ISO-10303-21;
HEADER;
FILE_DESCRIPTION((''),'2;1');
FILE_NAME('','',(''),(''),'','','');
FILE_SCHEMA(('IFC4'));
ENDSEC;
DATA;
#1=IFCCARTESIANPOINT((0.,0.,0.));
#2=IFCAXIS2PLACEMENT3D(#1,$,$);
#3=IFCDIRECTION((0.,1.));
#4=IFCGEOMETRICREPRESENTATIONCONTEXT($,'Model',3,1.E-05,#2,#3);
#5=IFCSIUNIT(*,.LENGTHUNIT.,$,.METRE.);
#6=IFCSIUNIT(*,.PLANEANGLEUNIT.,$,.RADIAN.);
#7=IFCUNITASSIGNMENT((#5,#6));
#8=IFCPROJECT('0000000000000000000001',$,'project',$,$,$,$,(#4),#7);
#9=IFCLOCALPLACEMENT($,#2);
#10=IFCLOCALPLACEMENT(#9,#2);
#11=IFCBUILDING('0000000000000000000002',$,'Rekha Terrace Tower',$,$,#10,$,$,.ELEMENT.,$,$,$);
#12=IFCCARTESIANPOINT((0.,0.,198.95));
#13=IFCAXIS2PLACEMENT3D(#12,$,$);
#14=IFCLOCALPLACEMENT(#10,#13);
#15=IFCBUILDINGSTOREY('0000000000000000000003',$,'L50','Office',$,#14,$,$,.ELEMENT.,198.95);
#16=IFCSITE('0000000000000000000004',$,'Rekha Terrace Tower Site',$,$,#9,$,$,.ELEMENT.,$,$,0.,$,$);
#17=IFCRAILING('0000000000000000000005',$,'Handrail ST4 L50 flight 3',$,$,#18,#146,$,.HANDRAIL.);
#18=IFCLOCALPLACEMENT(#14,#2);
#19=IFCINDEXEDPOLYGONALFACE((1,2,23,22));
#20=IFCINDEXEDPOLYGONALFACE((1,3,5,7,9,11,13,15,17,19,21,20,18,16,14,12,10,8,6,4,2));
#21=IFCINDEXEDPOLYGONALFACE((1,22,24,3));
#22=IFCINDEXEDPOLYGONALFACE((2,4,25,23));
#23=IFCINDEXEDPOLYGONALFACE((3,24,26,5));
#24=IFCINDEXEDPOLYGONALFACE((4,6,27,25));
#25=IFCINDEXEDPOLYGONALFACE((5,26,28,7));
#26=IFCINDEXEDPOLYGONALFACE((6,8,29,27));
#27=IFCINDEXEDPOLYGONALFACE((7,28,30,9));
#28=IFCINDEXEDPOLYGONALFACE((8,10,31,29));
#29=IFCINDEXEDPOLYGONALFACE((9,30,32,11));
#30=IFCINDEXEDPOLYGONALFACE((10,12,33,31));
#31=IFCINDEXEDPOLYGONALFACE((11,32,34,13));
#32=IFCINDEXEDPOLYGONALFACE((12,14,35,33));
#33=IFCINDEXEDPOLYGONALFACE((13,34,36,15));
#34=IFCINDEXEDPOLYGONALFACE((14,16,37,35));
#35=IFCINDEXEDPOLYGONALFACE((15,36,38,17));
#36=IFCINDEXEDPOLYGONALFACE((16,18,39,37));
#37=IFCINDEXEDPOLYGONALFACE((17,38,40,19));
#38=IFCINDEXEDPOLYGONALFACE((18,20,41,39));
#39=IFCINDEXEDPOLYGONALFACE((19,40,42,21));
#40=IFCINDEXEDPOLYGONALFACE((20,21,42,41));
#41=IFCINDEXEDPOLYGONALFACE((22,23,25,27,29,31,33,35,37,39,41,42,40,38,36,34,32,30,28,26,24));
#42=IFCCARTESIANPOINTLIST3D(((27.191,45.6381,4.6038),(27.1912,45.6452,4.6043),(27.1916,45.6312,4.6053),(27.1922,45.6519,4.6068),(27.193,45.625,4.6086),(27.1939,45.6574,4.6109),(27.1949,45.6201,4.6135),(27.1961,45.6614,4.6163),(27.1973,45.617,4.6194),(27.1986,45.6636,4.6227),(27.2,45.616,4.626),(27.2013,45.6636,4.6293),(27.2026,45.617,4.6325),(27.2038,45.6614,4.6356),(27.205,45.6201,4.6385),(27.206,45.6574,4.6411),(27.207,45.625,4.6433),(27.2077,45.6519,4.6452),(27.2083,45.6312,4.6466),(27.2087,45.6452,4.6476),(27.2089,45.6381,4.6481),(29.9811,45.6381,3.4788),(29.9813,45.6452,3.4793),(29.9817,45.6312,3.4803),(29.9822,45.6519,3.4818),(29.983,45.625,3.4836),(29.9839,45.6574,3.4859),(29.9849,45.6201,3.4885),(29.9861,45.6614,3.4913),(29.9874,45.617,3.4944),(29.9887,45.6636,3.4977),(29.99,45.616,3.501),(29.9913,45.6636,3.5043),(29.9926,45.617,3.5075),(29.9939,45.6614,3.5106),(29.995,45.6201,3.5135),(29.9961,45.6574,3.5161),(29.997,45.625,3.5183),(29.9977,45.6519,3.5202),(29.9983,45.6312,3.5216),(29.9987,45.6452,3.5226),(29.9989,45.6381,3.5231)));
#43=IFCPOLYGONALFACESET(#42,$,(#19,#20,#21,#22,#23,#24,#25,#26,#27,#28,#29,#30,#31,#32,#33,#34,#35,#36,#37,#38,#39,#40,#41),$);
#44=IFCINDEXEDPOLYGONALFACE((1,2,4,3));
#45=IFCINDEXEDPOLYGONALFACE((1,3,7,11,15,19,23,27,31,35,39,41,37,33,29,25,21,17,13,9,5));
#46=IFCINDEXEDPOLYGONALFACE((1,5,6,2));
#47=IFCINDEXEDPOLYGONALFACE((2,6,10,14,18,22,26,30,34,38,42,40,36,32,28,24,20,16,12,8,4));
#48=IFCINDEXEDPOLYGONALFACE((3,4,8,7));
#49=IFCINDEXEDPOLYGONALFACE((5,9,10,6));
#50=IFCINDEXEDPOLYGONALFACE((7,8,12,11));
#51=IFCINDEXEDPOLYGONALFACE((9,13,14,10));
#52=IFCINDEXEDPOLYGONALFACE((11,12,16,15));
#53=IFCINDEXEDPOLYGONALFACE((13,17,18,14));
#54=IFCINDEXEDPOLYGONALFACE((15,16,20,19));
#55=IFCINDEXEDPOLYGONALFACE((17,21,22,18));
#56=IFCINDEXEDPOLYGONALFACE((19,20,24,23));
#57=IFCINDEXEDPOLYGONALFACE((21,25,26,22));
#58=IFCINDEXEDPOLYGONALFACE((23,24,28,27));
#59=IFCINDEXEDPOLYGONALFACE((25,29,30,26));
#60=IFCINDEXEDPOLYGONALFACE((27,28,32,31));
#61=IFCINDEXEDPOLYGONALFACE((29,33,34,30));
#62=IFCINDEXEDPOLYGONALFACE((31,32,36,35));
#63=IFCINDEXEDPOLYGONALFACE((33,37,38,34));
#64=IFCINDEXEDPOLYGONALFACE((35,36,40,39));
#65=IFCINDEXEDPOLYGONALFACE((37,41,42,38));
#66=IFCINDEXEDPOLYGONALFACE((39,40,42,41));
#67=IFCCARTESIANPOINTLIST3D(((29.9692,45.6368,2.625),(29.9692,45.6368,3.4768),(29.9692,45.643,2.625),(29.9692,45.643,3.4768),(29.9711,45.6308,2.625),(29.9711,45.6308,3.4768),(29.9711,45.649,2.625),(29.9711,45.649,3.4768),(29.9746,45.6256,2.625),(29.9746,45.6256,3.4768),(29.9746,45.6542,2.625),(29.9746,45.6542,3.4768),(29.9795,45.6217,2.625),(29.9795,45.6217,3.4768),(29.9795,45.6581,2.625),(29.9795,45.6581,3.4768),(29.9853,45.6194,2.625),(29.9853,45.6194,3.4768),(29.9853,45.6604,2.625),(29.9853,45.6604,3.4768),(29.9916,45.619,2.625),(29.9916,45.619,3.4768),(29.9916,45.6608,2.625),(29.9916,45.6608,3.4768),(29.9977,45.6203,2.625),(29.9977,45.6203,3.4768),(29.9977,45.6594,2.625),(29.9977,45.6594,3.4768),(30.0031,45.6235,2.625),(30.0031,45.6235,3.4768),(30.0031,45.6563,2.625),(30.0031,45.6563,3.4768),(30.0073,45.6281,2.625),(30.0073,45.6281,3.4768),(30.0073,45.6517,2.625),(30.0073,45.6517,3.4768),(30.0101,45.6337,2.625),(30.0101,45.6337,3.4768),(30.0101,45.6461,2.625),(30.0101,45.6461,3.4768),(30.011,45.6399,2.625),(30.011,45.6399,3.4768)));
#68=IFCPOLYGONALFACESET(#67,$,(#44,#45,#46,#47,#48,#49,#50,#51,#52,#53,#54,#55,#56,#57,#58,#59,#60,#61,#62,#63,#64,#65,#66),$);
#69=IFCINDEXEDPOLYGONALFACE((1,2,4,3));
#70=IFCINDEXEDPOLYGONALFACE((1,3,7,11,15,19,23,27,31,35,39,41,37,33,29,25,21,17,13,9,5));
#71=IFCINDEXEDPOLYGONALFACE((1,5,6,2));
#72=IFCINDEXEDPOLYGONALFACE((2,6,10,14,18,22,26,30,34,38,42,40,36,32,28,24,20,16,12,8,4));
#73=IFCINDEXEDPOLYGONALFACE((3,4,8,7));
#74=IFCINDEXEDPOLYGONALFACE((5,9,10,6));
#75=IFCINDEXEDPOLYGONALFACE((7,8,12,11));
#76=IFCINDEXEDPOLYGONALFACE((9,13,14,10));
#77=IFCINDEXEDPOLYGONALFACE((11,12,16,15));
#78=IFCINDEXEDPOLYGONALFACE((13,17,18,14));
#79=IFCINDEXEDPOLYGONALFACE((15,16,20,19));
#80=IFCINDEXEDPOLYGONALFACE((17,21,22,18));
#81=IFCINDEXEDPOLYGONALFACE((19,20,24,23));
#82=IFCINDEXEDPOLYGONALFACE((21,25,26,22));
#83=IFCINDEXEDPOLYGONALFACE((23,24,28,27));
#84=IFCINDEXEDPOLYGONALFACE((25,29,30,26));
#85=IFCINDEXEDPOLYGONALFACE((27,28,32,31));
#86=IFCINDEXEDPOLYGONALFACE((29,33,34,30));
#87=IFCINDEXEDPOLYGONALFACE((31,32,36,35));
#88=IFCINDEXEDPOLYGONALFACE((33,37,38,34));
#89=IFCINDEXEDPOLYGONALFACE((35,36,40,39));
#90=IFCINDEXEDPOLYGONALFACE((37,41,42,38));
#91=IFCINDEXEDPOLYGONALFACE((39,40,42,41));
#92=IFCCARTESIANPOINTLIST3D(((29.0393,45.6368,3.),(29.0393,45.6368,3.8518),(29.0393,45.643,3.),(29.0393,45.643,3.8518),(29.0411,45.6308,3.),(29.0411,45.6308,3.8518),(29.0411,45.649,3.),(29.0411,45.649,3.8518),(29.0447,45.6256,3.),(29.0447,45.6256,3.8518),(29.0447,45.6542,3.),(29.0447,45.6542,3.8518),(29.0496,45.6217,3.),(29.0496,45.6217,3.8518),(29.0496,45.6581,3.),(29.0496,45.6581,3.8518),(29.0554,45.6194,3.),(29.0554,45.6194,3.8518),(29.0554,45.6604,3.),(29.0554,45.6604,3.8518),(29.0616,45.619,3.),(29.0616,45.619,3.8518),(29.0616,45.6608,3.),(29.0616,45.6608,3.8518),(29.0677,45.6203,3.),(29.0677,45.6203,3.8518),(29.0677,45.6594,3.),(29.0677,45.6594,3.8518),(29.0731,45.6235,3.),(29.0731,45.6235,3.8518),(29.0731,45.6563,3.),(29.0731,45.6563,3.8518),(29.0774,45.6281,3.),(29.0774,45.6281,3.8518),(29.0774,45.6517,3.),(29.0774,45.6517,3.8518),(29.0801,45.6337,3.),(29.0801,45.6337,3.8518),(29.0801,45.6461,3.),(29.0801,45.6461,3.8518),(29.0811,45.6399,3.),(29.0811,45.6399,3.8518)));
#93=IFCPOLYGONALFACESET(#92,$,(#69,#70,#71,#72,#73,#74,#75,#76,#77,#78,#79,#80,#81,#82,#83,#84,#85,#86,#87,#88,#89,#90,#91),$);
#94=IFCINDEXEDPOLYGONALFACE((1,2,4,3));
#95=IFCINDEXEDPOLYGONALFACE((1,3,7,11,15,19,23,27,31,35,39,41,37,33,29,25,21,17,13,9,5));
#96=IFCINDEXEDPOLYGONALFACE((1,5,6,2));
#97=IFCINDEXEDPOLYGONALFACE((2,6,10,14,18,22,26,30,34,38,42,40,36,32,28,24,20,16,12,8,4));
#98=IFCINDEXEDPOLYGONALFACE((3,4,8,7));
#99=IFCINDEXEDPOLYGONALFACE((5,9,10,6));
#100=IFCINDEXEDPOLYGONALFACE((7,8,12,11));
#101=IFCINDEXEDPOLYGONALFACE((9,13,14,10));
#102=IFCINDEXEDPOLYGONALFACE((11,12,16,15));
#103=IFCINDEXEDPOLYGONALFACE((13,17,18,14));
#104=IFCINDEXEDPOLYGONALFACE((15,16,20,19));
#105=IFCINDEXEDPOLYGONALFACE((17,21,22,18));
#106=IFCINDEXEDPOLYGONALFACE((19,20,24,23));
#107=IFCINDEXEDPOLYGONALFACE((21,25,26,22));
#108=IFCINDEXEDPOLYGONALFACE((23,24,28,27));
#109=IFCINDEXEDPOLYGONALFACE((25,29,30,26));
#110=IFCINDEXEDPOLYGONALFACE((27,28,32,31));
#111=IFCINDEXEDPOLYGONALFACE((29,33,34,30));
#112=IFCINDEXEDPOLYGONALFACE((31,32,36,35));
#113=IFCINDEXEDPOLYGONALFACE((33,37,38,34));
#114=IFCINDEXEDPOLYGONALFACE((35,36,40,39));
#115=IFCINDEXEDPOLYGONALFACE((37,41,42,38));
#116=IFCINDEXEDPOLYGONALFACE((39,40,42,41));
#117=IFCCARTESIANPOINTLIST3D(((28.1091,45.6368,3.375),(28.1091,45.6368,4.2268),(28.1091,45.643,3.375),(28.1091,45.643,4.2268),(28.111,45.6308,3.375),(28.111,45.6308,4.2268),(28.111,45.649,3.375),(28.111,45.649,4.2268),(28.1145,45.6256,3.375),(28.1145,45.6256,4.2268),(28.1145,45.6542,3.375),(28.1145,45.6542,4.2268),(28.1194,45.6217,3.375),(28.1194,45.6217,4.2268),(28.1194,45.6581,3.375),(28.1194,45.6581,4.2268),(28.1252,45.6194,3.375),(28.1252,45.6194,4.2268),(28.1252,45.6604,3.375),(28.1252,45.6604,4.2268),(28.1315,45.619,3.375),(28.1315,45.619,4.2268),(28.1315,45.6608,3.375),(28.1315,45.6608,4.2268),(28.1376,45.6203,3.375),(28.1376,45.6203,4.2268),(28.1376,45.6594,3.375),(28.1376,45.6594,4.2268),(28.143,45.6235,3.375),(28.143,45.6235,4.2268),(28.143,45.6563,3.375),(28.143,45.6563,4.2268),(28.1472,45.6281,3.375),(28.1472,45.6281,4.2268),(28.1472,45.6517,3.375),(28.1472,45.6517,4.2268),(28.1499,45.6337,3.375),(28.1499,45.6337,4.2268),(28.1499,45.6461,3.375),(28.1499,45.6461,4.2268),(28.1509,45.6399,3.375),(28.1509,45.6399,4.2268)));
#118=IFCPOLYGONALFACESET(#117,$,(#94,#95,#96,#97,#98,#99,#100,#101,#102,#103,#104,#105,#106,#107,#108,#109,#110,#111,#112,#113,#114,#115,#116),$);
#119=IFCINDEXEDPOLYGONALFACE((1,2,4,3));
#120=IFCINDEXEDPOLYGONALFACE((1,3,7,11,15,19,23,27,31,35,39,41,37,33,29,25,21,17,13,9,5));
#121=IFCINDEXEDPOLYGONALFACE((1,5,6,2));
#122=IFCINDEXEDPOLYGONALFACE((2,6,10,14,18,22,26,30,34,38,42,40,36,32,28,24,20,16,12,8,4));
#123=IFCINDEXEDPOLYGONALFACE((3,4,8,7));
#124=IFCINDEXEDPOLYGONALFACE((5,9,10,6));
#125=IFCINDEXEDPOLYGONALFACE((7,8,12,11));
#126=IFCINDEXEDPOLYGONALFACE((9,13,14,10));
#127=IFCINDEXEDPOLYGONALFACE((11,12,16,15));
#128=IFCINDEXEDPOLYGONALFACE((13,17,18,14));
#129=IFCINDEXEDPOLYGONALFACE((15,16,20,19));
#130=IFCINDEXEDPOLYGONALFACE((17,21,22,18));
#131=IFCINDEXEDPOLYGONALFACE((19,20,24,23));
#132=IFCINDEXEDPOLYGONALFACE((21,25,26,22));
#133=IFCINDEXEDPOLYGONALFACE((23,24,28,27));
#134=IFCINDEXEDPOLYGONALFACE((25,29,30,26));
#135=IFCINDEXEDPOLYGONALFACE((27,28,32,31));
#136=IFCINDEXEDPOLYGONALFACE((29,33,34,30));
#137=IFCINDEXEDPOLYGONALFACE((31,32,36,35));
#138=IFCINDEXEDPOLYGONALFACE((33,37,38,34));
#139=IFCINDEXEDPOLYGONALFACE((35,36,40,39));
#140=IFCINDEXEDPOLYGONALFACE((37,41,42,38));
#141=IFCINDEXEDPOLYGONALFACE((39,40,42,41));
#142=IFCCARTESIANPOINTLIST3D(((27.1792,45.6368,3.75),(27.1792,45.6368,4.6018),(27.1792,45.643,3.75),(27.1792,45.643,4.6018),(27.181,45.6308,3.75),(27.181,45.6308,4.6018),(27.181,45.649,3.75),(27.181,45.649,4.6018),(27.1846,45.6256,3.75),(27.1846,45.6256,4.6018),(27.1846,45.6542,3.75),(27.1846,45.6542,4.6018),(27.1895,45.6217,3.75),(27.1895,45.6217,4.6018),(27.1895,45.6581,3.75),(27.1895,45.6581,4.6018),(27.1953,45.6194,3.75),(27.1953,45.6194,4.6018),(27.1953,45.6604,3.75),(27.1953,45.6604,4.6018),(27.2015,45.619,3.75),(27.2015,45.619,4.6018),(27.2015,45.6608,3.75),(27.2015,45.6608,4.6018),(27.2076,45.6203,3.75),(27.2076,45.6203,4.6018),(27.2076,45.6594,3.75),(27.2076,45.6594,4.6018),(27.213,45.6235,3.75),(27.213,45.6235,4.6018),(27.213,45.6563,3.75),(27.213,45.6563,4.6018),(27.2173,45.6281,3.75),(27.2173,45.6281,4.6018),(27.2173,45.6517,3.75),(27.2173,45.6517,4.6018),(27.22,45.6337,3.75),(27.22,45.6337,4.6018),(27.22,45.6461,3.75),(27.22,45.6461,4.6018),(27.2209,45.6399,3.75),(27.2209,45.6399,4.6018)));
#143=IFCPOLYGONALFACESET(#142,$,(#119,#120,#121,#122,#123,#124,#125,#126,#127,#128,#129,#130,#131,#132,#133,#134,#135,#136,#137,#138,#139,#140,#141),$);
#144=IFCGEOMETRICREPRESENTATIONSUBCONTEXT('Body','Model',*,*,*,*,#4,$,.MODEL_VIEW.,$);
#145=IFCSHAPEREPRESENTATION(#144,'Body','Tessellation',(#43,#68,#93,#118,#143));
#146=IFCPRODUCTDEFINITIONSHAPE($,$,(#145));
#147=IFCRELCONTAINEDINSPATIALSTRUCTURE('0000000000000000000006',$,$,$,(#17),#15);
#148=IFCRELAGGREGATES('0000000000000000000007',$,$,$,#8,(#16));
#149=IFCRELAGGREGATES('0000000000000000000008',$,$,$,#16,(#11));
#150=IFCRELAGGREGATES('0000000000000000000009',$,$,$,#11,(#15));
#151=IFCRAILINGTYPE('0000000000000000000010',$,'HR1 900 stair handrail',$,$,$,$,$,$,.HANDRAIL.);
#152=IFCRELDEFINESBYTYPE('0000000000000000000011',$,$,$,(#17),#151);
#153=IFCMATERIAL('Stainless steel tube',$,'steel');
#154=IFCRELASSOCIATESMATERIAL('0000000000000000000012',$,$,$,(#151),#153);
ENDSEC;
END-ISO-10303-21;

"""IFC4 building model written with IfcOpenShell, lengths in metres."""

from ifc_helpers import new_model, si_unit, direction, frame, origin, origin_2d, place, context, subcontext, project, spatial, circle, extrude, material, type_object, element, save


model = new_model("IFC4")

# Units and contexts
model_context = context("Model", 3, precision=1e-05, world=origin(), true_north=direction((0.0, 1.0)))
body_context = subcontext(model_context, "Body", "Model", "MODEL_VIEW")
ifc_project = project(units=[si_unit("LENGTHUNIT", "METRE"), si_unit("PLANEANGLEUNIT", "RADIAN")], contexts=[model_context])

# Site, building, storey
site_placement = place(None, origin())
site = spatial("IfcSite", under=ifc_project, at=site_placement, Name="Rekha Terrace Tower Site", CompositionType="ELEMENT", RefElevation=0.0)
building_placement = place(site_placement, origin())
building = spatial("IfcBuilding", under=site, at=building_placement, Name="Rekha Terrace Tower", CompositionType="ELEMENT")
storey_placement = place(building_placement, frame((0.0, 0.0, 198.95)))
storey = spatial("IfcBuildingStorey", under=building, at=storey_placement, Name="L50", Description="Office", CompositionType="ELEMENT", Elevation=198.95)

# Railing
ifc_material_1 = material(Name="Stainless steel tube", Category="steel")
railing_type_1 = type_object("IfcRailingType", Name="HR1 900 stair handrail", PredefinedType="HANDRAIL", material=ifc_material_1)
railing_1_placement = place(storey_placement, frame((29.99, 45.6399, 2.625)))
element("IfcRailing", 1, at=railing_1_placement, inside=storey, type_object=railing_type_1, Name="Handrail ST4 L50 flight 3", PredefinedType="HANDRAIL", context=body_context, shape_type="SweptSolid", body=[
    extrude(circle(Radius=0.0239, at=origin_2d()), frame((0.0, 0.0, 0.876), z_axis=(-0.927443, 0.0, 0.373964), x_axis=(0.0, -1.0, 0.0)), (0.0, 0.0, 1.0), 3.0083),
    extrude(circle(Radius=0.021, at=origin_2d()), origin(), (0.0, 0.0, 1.0), 0.8518),
    extrude(circle(Radius=0.021, at=origin_2d()), frame((-0.9299, 0.0, 0.375)), (0.0, 0.0, 1.0), 0.8518),
    extrude(circle(Radius=0.021, at=origin_2d()), frame((-1.8601, 0.0, 0.75)), (0.0, 0.0, 1.0), 0.8518),
    extrude(circle(Radius=0.021, at=origin_2d()), frame((-2.79, 0.0, 1.125)), (0.0, 0.0, 1.0), 0.8518),
])

save(model, "model.ifc")
